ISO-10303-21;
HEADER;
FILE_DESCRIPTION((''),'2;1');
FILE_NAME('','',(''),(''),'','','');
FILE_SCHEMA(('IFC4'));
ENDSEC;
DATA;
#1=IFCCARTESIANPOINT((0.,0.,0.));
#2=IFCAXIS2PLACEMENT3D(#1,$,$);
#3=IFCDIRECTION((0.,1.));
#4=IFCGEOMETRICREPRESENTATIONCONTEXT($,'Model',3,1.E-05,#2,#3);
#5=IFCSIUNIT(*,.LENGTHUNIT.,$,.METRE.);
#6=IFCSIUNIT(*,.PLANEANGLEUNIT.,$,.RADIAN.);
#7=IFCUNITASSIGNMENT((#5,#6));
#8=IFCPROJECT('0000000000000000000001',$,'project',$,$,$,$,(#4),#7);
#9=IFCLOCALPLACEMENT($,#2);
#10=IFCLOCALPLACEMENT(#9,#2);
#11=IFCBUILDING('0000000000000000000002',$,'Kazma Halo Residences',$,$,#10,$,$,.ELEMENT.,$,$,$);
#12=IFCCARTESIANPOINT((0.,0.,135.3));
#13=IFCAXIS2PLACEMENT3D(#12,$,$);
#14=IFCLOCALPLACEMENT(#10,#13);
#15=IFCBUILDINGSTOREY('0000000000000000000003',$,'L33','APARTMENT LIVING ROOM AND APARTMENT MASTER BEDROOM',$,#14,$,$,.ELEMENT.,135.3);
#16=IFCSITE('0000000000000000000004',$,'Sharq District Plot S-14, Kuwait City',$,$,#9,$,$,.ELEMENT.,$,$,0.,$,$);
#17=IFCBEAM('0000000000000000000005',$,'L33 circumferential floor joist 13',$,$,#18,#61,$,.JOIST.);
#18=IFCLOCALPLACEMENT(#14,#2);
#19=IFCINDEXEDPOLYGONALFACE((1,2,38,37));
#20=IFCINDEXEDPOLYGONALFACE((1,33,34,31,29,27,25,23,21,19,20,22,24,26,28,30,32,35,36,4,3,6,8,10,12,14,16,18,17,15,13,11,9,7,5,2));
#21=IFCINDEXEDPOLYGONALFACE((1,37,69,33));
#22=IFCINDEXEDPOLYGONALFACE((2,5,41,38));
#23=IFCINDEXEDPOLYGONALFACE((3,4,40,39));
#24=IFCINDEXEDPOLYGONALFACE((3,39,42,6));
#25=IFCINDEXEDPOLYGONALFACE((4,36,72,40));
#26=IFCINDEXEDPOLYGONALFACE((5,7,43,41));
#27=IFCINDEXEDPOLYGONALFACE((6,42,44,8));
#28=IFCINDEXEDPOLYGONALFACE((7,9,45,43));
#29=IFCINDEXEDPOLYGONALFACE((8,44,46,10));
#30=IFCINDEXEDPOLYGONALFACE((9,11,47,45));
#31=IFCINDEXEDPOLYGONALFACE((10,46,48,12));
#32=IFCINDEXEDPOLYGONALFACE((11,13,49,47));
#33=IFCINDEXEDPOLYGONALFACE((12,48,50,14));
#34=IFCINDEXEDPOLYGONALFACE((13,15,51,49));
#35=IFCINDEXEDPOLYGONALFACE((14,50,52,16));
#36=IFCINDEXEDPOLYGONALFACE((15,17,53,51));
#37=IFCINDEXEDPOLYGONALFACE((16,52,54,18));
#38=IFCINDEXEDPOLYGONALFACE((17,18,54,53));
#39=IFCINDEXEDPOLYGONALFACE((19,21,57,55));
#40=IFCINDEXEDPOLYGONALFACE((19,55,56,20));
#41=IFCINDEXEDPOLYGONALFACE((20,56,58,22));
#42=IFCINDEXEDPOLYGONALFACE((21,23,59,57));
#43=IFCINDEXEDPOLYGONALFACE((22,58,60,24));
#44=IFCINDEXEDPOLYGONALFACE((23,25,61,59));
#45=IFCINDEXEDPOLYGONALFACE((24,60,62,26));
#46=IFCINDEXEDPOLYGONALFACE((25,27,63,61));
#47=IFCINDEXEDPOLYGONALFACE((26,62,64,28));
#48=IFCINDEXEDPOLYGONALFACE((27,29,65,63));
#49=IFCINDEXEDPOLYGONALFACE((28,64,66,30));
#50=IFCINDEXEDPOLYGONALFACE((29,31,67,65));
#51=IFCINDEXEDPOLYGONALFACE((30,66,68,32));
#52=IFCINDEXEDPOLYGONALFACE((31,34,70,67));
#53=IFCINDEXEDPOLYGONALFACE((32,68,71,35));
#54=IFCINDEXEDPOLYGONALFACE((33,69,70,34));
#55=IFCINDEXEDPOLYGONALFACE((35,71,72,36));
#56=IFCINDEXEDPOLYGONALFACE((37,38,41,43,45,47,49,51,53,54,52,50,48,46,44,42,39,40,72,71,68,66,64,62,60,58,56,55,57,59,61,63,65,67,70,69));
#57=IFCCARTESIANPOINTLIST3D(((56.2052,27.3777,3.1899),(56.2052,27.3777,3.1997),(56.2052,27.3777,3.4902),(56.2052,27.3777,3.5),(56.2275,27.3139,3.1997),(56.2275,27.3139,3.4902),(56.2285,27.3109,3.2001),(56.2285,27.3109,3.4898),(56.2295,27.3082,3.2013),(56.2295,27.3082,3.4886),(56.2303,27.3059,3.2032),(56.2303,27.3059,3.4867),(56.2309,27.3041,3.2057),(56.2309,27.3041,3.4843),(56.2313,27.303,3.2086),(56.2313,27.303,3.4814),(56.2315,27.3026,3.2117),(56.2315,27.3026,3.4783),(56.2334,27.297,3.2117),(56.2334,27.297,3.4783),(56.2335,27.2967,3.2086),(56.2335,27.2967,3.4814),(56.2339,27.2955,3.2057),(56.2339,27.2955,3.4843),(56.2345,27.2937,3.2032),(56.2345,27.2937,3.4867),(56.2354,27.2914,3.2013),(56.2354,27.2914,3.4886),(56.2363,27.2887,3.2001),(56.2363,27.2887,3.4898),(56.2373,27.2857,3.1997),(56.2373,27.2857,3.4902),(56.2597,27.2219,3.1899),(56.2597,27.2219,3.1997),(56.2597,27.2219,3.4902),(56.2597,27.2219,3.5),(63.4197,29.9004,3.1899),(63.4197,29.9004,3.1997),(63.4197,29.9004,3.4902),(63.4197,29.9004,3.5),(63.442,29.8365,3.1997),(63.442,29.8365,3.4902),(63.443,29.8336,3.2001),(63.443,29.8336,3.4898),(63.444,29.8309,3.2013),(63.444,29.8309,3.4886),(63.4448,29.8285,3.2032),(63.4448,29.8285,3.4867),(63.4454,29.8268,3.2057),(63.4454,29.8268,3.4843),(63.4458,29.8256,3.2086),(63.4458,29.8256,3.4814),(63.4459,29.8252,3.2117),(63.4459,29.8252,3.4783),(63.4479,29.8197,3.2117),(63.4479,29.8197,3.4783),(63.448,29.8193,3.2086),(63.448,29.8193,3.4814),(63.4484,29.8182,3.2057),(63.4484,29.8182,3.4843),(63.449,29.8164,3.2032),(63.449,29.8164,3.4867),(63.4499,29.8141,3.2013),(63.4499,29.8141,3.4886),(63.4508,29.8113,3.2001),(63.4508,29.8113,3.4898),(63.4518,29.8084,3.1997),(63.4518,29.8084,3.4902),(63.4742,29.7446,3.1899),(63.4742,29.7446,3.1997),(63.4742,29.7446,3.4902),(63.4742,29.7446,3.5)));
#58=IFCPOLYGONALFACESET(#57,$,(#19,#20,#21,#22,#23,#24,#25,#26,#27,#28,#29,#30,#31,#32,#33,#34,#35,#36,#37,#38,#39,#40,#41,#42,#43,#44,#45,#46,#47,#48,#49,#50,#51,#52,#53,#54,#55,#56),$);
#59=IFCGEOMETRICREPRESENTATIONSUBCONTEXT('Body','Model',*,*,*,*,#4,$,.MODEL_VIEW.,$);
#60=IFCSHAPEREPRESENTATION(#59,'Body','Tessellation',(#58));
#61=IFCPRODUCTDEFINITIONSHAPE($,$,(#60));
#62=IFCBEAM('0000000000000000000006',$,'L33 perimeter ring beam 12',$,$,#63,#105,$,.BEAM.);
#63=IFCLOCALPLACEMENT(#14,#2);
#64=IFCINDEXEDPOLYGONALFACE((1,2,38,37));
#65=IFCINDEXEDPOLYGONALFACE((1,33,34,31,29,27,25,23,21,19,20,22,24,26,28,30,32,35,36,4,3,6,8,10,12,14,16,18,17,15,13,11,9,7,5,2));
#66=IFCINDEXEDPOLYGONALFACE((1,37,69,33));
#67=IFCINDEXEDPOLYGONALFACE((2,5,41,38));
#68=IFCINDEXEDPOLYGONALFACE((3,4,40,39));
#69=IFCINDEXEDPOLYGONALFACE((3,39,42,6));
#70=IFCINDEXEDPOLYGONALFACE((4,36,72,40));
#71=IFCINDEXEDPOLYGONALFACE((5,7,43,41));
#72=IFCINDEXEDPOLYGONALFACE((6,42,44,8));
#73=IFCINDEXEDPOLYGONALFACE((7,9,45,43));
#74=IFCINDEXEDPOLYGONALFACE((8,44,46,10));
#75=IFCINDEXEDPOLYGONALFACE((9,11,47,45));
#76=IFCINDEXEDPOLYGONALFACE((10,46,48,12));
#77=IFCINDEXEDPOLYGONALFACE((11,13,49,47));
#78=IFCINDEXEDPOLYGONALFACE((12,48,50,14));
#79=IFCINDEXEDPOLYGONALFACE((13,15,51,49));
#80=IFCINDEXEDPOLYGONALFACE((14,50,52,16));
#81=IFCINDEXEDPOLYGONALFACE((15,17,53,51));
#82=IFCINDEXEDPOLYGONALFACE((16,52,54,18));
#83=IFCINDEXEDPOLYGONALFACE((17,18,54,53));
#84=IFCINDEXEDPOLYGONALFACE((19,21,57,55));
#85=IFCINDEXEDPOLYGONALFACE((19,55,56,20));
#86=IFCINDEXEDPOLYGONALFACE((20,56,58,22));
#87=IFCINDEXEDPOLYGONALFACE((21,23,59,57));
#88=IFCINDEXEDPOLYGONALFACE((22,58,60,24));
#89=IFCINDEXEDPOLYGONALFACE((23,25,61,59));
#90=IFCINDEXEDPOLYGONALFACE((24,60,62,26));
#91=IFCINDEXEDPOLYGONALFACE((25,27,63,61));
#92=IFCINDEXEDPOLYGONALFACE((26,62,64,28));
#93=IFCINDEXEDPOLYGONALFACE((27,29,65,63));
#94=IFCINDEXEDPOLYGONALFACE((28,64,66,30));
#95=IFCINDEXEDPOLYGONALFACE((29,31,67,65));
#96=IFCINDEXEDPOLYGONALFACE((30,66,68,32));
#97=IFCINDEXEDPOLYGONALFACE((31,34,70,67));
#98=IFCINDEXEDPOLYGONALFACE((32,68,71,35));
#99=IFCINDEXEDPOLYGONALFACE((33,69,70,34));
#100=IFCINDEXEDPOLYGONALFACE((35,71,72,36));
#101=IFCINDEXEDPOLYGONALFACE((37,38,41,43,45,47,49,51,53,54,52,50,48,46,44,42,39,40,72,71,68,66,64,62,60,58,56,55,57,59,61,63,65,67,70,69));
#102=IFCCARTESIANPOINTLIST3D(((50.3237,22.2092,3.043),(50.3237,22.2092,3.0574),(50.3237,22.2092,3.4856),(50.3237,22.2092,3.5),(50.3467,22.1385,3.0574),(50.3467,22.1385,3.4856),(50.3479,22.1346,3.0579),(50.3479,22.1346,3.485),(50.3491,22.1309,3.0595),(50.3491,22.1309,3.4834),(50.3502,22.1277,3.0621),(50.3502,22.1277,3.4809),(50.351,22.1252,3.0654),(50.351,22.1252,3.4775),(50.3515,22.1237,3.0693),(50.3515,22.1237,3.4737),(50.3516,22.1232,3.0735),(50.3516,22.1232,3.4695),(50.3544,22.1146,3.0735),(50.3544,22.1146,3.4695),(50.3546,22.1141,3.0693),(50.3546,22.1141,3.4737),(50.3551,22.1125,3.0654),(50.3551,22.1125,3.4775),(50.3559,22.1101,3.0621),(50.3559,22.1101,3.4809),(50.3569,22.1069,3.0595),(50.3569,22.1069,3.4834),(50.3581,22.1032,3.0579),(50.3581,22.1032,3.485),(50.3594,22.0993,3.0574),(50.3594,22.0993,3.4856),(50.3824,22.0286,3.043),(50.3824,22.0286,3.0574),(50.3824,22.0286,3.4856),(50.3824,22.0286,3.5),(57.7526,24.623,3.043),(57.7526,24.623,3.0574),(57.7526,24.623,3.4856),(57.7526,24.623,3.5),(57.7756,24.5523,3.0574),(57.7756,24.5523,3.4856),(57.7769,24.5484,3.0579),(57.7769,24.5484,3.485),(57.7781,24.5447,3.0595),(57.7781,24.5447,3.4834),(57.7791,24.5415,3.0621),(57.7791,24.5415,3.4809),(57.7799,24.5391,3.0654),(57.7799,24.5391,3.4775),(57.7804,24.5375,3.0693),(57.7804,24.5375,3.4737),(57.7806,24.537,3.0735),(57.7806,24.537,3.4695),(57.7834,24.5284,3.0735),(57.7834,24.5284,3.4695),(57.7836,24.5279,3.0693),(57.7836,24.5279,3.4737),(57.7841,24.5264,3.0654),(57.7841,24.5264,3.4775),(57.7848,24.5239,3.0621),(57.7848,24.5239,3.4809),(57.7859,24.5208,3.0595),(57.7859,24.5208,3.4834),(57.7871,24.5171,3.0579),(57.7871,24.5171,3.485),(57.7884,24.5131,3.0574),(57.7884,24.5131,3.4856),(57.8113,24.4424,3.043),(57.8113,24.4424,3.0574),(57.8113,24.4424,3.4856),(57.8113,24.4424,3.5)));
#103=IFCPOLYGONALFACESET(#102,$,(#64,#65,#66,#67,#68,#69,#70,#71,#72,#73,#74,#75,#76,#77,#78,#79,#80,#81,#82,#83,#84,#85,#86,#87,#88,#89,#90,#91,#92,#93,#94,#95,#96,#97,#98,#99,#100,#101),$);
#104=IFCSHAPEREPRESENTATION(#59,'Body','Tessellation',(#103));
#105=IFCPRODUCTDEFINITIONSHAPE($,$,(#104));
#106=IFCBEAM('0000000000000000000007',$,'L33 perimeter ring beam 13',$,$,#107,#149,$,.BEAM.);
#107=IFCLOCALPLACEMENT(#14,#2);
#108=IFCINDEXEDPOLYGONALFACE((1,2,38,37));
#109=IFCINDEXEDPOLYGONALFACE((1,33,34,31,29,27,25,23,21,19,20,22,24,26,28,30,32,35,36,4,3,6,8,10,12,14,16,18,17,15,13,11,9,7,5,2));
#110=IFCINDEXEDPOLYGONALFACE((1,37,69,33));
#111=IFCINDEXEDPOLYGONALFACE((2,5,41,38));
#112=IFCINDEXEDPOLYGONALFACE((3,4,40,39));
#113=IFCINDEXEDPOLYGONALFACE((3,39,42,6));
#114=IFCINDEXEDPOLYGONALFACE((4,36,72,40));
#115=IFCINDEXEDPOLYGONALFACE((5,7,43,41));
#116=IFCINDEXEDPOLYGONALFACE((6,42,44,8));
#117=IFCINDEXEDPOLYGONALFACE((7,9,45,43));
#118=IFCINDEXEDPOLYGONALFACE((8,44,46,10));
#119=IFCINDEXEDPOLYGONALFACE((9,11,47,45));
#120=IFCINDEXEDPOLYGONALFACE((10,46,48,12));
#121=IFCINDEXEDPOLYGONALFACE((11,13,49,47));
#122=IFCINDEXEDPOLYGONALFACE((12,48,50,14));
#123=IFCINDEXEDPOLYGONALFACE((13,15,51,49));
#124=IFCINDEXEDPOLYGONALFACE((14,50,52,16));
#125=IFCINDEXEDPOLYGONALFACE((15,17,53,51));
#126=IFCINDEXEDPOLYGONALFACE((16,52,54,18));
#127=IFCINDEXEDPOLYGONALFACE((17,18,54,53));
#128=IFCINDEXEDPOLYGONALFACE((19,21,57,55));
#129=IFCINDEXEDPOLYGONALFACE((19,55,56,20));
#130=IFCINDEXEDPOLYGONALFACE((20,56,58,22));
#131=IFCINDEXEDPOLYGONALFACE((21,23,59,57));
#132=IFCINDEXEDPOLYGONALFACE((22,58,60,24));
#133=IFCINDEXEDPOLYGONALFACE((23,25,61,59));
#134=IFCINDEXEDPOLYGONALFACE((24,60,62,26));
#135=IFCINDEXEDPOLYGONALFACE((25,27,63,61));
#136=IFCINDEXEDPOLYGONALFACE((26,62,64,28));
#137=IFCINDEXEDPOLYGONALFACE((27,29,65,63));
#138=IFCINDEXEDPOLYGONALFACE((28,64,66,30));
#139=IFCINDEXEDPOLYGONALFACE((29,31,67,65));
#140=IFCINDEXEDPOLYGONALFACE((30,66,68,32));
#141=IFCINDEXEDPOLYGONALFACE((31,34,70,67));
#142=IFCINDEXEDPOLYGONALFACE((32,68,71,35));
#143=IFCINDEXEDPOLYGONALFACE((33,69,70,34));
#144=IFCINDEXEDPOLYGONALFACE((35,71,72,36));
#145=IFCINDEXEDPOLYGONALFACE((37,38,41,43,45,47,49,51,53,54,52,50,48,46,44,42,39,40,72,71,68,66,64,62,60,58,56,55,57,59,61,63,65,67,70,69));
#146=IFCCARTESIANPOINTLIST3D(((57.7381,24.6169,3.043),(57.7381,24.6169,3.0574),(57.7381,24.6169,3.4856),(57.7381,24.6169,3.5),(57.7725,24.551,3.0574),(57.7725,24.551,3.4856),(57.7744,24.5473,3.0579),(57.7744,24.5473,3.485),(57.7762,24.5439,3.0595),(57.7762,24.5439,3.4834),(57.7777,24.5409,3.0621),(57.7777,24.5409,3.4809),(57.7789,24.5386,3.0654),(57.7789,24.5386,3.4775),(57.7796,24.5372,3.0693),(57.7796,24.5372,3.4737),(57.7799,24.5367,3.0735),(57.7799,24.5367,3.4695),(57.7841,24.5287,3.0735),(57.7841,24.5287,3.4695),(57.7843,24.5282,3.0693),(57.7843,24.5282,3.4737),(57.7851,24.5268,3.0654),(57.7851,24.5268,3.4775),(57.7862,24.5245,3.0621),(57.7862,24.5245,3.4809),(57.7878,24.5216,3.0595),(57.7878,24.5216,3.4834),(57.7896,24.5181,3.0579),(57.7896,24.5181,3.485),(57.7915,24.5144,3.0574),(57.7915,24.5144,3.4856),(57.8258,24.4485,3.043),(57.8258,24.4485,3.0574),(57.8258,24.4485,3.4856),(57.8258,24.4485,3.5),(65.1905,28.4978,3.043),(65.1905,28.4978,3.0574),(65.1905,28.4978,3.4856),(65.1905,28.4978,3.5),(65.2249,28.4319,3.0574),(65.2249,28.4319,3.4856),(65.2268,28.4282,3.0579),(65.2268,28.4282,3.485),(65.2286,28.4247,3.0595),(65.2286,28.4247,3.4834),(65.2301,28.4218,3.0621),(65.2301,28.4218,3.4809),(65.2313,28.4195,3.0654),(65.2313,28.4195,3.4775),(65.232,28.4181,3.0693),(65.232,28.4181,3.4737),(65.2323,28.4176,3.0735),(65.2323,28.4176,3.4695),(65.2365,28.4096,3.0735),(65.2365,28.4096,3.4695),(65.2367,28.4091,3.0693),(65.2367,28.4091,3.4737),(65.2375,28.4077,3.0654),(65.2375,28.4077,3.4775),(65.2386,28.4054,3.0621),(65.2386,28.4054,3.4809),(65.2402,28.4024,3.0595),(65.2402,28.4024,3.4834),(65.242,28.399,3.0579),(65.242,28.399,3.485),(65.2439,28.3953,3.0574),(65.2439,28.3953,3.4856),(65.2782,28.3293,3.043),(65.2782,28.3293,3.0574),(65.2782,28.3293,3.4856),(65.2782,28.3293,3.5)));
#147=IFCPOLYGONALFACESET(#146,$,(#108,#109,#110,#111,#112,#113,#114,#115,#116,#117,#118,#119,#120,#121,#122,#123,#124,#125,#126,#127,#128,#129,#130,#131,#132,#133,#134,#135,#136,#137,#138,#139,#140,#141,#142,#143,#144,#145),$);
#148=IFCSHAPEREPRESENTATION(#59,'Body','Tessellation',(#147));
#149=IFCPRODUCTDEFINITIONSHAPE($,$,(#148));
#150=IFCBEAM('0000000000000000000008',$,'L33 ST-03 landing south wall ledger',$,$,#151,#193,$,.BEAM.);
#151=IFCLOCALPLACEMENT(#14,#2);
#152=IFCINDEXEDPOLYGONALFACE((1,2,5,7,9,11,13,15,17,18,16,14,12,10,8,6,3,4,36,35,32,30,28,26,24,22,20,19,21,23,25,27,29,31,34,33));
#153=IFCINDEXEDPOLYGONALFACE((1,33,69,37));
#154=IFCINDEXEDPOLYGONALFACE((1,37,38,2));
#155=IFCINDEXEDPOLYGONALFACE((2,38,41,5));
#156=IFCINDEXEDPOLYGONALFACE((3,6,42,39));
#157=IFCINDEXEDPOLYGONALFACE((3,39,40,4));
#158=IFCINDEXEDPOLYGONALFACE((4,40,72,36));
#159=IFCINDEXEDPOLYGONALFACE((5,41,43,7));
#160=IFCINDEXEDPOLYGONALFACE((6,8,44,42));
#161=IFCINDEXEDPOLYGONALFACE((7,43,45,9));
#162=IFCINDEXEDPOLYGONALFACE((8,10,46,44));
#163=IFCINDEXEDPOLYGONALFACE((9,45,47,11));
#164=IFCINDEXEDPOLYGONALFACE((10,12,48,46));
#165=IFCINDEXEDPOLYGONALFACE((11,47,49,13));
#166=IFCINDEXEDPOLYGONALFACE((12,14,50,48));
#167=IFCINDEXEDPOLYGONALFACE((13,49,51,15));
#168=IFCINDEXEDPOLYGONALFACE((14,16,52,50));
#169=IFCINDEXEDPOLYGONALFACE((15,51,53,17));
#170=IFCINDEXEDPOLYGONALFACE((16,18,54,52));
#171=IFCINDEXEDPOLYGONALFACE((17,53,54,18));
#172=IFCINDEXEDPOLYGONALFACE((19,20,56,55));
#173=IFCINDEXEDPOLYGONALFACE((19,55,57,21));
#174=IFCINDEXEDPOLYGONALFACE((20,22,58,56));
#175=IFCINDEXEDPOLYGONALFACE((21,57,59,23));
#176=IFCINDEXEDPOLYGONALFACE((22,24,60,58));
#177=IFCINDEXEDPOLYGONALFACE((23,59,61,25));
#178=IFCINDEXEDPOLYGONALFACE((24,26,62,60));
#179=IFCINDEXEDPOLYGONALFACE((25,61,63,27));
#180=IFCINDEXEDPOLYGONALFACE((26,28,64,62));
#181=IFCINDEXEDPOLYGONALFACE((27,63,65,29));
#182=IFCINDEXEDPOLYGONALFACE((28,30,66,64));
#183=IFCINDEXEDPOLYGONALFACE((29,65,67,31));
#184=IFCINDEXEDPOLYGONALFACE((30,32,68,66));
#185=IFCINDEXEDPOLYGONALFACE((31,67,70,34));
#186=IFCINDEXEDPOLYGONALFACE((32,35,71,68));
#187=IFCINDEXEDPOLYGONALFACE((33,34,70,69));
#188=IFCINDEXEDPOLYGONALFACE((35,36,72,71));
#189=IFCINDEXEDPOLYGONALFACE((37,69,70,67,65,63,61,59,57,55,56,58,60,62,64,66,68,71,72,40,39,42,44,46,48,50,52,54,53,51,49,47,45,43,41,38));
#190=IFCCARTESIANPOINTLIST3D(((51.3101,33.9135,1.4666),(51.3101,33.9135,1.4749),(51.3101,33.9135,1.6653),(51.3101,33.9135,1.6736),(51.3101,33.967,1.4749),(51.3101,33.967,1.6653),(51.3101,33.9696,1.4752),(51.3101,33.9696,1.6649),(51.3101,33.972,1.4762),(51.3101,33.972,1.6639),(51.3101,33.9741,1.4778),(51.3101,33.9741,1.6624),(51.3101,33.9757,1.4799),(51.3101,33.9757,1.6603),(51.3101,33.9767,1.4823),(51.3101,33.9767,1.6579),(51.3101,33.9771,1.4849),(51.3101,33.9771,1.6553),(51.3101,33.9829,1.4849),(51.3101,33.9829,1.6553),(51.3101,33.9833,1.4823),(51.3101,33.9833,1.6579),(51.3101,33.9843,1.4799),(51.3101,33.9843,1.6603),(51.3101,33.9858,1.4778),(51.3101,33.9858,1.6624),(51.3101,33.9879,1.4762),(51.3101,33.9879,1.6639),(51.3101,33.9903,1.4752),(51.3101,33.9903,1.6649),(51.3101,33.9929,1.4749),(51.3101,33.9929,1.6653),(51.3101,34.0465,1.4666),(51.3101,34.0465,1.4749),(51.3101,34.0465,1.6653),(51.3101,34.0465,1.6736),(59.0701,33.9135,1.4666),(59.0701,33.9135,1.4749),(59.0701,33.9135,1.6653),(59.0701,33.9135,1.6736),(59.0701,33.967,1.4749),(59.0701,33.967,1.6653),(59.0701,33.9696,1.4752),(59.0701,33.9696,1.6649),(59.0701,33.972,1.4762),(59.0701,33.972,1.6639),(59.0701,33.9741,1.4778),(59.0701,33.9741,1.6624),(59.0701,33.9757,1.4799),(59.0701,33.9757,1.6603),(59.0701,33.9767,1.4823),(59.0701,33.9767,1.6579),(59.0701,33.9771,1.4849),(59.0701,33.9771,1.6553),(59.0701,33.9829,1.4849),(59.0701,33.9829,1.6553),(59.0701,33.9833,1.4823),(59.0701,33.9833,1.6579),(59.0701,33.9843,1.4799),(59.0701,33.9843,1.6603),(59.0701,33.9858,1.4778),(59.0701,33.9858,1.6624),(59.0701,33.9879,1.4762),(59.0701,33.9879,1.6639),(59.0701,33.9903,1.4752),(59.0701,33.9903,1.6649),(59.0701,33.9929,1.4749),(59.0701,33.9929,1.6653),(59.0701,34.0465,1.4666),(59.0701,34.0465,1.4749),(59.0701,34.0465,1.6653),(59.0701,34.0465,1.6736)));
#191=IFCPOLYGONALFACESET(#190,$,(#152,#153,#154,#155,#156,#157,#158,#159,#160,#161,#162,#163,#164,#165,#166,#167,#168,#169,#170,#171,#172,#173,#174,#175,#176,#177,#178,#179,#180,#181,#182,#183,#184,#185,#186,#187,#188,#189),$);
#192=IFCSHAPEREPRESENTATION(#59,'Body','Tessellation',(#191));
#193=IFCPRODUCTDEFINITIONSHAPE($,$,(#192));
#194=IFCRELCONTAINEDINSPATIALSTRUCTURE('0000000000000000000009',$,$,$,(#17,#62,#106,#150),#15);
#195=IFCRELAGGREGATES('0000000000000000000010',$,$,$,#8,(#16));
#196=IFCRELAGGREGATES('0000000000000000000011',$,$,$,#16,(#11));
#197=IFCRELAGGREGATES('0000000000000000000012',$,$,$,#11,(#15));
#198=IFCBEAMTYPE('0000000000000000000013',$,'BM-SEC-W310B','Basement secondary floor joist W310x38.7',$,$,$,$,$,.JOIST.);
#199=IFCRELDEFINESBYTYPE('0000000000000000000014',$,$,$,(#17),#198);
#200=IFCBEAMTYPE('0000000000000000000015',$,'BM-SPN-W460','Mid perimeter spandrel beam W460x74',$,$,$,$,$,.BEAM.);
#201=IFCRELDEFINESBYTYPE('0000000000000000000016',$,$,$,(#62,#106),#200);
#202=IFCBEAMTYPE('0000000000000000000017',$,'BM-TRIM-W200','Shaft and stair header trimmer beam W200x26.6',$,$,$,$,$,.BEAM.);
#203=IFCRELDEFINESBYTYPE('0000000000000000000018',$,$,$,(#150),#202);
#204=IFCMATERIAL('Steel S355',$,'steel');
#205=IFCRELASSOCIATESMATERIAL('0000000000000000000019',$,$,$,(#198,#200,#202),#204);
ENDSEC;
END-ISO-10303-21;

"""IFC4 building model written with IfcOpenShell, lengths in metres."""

from ifc_helpers import new_model, si_unit, direction, frame, origin, origin_2d, place, context, subcontext, project, spatial, i_section, extrude, material, material_profile, profile_set, type_object, element, save


model = new_model("IFC4")

# Units and contexts
model_context = context("Model", 3, precision=1e-05, world=origin(), true_north=direction((0.0, 1.0)))
body_context = subcontext(model_context, "Body", "Model", "MODEL_VIEW")
ifc_project = project(units=[si_unit("LENGTHUNIT", "METRE"), si_unit("PLANEANGLEUNIT", "RADIAN")], contexts=[model_context])

# Site, building, storey
site_placement = place(None, origin())
site = spatial("IfcSite", under=ifc_project, at=site_placement, Name="Sharq District Plot S-14, Kuwait City", CompositionType="ELEMENT", RefElevation=0.0)
building_placement = place(site_placement, origin())
building = spatial("IfcBuilding", under=site, at=building_placement, Name="Kazma Halo Residences", CompositionType="ELEMENT")
storey_placement = place(building_placement, frame((0.0, 0.0, 135.3)))
storey = spatial("IfcBuildingStorey", under=building, at=storey_placement, Name="L33", Description="APARTMENT LIVING ROOM AND APARTMENT MASTER BEDROOM", CompositionType="ELEMENT", Elevation=135.3)

# Beams
ifc_material_1 = material(Name="Steel S355", Category="steel")
ifc_material_profile_1 = material_profile(ifc_material_1, i_section(OverallWidth=0.165, OverallDepth=0.3101, WebThickness=0.0059, FlangeThickness=0.0098, FilletRadius=0.012, at=origin_2d()), Name="W310x38.7")
ifc_profile_set_1 = profile_set([ifc_material_profile_1], Name="Steel S355")
beam_type_1 = type_object("IfcBeamType", Name="BM-SEC-W310B", Description="Basement secondary floor joist W310x38.7", PredefinedType="JOIST", material=ifc_profile_set_1)
beam_1_placement = place(storey_placement, frame((56.2324, 27.2998, 3.345), z_axis=(0.943956, 0.33007, 0.0), x_axis=(-0.33007, 0.943956, 0.0)))
element("IfcBeam", 1, at=beam_1_placement, inside=storey, type_object=beam_type_1, Name="L33 circumferential floor joist 13", PredefinedType="JOIST", context=body_context, shape_type="SweptSolid", body=[
    extrude(i_section(OverallWidth=0.165, OverallDepth=0.3101, WebThickness=0.0059, FlangeThickness=0.0098, FilletRadius=0.012, at=origin_2d()), origin(), (0.0, 0.0, 1.0), 7.6428),
])
ifc_material_profile_2 = material_profile(ifc_material_1, i_section(OverallWidth=0.1899, OverallDepth=0.457, WebThickness=0.009, FlangeThickness=0.0144, FilletRadius=0.0161, at=origin_2d()), Name="W460x74")
ifc_profile_set_2 = profile_set([ifc_material_profile_2], Name="Steel S355")
beam_type_2 = type_object("IfcBeamType", Name="BM-SPN-W460", Description="Mid perimeter spandrel beam W460x74", PredefinedType="BEAM", material=ifc_profile_set_2)
beam_2_placement = place(storey_placement, frame((50.353, 22.1189, 3.2715), z_axis=(0.951056, 0.309018, 0.0), x_axis=(-0.309018, 0.951056, 0.0)))
element("IfcBeam", 2, at=beam_2_placement, inside=storey, type_object=beam_type_2, Name="L33 perimeter ring beam 12", PredefinedType="BEAM", context=body_context, shape_type="SweptSolid", body=[
    extrude(i_section(OverallWidth=0.1899, OverallDepth=0.457, WebThickness=0.009, FlangeThickness=0.0144, FilletRadius=0.0161, at=origin_2d()), origin(), (0.0, 0.0, 1.0), 7.8113),
])
beam_3_placement = place(storey_placement, frame((57.782, 24.5327, 3.2715), z_axis=(0.886943, 0.461879, 0.0), x_axis=(-0.461879, 0.886943, 0.0)))
element("IfcBeam", 3, at=beam_3_placement, inside=storey, type_object=beam_type_2, Name="L33 perimeter ring beam 13", PredefinedType="BEAM", context=body_context, shape_type="SweptSolid", body=[
    extrude(i_section(OverallWidth=0.1899, OverallDepth=0.457, WebThickness=0.009, FlangeThickness=0.0144, FilletRadius=0.0161, at=origin_2d()), origin(), (0.0, 0.0, 1.0), 8.4023),
])
ifc_material_profile_3 = material_profile(ifc_material_1, i_section(OverallWidth=0.1331, OverallDepth=0.207, WebThickness=0.0059, FlangeThickness=0.0083, FilletRadius=0.01, at=origin_2d()), Name="W200x26.6")
ifc_profile_set_3 = profile_set([ifc_material_profile_3], Name="Steel S355")
beam_type_3 = type_object("IfcBeamType", Name="BM-TRIM-W200", Description="Shaft and stair header trimmer beam W200x26.6", PredefinedType="BEAM", material=ifc_profile_set_3)
beam_4_placement = place(storey_placement, frame((51.3101, 33.98, 1.5701), z_axis=(1.0, 0.0, 0.0), x_axis=(0.0, 1.0, 0.0)))
element("IfcBeam", 4, at=beam_4_placement, inside=storey, type_object=beam_type_3, Name="L33 ST-03 landing south wall ledger", PredefinedType="BEAM", context=body_context, shape_type="SweptSolid", body=[
    extrude(i_section(OverallWidth=0.1331, OverallDepth=0.207, WebThickness=0.0059, FlangeThickness=0.0083, FilletRadius=0.01, at=origin_2d()), origin(), (0.0, 0.0, 1.0), 7.76),
])

save(model, "model.ifc")
